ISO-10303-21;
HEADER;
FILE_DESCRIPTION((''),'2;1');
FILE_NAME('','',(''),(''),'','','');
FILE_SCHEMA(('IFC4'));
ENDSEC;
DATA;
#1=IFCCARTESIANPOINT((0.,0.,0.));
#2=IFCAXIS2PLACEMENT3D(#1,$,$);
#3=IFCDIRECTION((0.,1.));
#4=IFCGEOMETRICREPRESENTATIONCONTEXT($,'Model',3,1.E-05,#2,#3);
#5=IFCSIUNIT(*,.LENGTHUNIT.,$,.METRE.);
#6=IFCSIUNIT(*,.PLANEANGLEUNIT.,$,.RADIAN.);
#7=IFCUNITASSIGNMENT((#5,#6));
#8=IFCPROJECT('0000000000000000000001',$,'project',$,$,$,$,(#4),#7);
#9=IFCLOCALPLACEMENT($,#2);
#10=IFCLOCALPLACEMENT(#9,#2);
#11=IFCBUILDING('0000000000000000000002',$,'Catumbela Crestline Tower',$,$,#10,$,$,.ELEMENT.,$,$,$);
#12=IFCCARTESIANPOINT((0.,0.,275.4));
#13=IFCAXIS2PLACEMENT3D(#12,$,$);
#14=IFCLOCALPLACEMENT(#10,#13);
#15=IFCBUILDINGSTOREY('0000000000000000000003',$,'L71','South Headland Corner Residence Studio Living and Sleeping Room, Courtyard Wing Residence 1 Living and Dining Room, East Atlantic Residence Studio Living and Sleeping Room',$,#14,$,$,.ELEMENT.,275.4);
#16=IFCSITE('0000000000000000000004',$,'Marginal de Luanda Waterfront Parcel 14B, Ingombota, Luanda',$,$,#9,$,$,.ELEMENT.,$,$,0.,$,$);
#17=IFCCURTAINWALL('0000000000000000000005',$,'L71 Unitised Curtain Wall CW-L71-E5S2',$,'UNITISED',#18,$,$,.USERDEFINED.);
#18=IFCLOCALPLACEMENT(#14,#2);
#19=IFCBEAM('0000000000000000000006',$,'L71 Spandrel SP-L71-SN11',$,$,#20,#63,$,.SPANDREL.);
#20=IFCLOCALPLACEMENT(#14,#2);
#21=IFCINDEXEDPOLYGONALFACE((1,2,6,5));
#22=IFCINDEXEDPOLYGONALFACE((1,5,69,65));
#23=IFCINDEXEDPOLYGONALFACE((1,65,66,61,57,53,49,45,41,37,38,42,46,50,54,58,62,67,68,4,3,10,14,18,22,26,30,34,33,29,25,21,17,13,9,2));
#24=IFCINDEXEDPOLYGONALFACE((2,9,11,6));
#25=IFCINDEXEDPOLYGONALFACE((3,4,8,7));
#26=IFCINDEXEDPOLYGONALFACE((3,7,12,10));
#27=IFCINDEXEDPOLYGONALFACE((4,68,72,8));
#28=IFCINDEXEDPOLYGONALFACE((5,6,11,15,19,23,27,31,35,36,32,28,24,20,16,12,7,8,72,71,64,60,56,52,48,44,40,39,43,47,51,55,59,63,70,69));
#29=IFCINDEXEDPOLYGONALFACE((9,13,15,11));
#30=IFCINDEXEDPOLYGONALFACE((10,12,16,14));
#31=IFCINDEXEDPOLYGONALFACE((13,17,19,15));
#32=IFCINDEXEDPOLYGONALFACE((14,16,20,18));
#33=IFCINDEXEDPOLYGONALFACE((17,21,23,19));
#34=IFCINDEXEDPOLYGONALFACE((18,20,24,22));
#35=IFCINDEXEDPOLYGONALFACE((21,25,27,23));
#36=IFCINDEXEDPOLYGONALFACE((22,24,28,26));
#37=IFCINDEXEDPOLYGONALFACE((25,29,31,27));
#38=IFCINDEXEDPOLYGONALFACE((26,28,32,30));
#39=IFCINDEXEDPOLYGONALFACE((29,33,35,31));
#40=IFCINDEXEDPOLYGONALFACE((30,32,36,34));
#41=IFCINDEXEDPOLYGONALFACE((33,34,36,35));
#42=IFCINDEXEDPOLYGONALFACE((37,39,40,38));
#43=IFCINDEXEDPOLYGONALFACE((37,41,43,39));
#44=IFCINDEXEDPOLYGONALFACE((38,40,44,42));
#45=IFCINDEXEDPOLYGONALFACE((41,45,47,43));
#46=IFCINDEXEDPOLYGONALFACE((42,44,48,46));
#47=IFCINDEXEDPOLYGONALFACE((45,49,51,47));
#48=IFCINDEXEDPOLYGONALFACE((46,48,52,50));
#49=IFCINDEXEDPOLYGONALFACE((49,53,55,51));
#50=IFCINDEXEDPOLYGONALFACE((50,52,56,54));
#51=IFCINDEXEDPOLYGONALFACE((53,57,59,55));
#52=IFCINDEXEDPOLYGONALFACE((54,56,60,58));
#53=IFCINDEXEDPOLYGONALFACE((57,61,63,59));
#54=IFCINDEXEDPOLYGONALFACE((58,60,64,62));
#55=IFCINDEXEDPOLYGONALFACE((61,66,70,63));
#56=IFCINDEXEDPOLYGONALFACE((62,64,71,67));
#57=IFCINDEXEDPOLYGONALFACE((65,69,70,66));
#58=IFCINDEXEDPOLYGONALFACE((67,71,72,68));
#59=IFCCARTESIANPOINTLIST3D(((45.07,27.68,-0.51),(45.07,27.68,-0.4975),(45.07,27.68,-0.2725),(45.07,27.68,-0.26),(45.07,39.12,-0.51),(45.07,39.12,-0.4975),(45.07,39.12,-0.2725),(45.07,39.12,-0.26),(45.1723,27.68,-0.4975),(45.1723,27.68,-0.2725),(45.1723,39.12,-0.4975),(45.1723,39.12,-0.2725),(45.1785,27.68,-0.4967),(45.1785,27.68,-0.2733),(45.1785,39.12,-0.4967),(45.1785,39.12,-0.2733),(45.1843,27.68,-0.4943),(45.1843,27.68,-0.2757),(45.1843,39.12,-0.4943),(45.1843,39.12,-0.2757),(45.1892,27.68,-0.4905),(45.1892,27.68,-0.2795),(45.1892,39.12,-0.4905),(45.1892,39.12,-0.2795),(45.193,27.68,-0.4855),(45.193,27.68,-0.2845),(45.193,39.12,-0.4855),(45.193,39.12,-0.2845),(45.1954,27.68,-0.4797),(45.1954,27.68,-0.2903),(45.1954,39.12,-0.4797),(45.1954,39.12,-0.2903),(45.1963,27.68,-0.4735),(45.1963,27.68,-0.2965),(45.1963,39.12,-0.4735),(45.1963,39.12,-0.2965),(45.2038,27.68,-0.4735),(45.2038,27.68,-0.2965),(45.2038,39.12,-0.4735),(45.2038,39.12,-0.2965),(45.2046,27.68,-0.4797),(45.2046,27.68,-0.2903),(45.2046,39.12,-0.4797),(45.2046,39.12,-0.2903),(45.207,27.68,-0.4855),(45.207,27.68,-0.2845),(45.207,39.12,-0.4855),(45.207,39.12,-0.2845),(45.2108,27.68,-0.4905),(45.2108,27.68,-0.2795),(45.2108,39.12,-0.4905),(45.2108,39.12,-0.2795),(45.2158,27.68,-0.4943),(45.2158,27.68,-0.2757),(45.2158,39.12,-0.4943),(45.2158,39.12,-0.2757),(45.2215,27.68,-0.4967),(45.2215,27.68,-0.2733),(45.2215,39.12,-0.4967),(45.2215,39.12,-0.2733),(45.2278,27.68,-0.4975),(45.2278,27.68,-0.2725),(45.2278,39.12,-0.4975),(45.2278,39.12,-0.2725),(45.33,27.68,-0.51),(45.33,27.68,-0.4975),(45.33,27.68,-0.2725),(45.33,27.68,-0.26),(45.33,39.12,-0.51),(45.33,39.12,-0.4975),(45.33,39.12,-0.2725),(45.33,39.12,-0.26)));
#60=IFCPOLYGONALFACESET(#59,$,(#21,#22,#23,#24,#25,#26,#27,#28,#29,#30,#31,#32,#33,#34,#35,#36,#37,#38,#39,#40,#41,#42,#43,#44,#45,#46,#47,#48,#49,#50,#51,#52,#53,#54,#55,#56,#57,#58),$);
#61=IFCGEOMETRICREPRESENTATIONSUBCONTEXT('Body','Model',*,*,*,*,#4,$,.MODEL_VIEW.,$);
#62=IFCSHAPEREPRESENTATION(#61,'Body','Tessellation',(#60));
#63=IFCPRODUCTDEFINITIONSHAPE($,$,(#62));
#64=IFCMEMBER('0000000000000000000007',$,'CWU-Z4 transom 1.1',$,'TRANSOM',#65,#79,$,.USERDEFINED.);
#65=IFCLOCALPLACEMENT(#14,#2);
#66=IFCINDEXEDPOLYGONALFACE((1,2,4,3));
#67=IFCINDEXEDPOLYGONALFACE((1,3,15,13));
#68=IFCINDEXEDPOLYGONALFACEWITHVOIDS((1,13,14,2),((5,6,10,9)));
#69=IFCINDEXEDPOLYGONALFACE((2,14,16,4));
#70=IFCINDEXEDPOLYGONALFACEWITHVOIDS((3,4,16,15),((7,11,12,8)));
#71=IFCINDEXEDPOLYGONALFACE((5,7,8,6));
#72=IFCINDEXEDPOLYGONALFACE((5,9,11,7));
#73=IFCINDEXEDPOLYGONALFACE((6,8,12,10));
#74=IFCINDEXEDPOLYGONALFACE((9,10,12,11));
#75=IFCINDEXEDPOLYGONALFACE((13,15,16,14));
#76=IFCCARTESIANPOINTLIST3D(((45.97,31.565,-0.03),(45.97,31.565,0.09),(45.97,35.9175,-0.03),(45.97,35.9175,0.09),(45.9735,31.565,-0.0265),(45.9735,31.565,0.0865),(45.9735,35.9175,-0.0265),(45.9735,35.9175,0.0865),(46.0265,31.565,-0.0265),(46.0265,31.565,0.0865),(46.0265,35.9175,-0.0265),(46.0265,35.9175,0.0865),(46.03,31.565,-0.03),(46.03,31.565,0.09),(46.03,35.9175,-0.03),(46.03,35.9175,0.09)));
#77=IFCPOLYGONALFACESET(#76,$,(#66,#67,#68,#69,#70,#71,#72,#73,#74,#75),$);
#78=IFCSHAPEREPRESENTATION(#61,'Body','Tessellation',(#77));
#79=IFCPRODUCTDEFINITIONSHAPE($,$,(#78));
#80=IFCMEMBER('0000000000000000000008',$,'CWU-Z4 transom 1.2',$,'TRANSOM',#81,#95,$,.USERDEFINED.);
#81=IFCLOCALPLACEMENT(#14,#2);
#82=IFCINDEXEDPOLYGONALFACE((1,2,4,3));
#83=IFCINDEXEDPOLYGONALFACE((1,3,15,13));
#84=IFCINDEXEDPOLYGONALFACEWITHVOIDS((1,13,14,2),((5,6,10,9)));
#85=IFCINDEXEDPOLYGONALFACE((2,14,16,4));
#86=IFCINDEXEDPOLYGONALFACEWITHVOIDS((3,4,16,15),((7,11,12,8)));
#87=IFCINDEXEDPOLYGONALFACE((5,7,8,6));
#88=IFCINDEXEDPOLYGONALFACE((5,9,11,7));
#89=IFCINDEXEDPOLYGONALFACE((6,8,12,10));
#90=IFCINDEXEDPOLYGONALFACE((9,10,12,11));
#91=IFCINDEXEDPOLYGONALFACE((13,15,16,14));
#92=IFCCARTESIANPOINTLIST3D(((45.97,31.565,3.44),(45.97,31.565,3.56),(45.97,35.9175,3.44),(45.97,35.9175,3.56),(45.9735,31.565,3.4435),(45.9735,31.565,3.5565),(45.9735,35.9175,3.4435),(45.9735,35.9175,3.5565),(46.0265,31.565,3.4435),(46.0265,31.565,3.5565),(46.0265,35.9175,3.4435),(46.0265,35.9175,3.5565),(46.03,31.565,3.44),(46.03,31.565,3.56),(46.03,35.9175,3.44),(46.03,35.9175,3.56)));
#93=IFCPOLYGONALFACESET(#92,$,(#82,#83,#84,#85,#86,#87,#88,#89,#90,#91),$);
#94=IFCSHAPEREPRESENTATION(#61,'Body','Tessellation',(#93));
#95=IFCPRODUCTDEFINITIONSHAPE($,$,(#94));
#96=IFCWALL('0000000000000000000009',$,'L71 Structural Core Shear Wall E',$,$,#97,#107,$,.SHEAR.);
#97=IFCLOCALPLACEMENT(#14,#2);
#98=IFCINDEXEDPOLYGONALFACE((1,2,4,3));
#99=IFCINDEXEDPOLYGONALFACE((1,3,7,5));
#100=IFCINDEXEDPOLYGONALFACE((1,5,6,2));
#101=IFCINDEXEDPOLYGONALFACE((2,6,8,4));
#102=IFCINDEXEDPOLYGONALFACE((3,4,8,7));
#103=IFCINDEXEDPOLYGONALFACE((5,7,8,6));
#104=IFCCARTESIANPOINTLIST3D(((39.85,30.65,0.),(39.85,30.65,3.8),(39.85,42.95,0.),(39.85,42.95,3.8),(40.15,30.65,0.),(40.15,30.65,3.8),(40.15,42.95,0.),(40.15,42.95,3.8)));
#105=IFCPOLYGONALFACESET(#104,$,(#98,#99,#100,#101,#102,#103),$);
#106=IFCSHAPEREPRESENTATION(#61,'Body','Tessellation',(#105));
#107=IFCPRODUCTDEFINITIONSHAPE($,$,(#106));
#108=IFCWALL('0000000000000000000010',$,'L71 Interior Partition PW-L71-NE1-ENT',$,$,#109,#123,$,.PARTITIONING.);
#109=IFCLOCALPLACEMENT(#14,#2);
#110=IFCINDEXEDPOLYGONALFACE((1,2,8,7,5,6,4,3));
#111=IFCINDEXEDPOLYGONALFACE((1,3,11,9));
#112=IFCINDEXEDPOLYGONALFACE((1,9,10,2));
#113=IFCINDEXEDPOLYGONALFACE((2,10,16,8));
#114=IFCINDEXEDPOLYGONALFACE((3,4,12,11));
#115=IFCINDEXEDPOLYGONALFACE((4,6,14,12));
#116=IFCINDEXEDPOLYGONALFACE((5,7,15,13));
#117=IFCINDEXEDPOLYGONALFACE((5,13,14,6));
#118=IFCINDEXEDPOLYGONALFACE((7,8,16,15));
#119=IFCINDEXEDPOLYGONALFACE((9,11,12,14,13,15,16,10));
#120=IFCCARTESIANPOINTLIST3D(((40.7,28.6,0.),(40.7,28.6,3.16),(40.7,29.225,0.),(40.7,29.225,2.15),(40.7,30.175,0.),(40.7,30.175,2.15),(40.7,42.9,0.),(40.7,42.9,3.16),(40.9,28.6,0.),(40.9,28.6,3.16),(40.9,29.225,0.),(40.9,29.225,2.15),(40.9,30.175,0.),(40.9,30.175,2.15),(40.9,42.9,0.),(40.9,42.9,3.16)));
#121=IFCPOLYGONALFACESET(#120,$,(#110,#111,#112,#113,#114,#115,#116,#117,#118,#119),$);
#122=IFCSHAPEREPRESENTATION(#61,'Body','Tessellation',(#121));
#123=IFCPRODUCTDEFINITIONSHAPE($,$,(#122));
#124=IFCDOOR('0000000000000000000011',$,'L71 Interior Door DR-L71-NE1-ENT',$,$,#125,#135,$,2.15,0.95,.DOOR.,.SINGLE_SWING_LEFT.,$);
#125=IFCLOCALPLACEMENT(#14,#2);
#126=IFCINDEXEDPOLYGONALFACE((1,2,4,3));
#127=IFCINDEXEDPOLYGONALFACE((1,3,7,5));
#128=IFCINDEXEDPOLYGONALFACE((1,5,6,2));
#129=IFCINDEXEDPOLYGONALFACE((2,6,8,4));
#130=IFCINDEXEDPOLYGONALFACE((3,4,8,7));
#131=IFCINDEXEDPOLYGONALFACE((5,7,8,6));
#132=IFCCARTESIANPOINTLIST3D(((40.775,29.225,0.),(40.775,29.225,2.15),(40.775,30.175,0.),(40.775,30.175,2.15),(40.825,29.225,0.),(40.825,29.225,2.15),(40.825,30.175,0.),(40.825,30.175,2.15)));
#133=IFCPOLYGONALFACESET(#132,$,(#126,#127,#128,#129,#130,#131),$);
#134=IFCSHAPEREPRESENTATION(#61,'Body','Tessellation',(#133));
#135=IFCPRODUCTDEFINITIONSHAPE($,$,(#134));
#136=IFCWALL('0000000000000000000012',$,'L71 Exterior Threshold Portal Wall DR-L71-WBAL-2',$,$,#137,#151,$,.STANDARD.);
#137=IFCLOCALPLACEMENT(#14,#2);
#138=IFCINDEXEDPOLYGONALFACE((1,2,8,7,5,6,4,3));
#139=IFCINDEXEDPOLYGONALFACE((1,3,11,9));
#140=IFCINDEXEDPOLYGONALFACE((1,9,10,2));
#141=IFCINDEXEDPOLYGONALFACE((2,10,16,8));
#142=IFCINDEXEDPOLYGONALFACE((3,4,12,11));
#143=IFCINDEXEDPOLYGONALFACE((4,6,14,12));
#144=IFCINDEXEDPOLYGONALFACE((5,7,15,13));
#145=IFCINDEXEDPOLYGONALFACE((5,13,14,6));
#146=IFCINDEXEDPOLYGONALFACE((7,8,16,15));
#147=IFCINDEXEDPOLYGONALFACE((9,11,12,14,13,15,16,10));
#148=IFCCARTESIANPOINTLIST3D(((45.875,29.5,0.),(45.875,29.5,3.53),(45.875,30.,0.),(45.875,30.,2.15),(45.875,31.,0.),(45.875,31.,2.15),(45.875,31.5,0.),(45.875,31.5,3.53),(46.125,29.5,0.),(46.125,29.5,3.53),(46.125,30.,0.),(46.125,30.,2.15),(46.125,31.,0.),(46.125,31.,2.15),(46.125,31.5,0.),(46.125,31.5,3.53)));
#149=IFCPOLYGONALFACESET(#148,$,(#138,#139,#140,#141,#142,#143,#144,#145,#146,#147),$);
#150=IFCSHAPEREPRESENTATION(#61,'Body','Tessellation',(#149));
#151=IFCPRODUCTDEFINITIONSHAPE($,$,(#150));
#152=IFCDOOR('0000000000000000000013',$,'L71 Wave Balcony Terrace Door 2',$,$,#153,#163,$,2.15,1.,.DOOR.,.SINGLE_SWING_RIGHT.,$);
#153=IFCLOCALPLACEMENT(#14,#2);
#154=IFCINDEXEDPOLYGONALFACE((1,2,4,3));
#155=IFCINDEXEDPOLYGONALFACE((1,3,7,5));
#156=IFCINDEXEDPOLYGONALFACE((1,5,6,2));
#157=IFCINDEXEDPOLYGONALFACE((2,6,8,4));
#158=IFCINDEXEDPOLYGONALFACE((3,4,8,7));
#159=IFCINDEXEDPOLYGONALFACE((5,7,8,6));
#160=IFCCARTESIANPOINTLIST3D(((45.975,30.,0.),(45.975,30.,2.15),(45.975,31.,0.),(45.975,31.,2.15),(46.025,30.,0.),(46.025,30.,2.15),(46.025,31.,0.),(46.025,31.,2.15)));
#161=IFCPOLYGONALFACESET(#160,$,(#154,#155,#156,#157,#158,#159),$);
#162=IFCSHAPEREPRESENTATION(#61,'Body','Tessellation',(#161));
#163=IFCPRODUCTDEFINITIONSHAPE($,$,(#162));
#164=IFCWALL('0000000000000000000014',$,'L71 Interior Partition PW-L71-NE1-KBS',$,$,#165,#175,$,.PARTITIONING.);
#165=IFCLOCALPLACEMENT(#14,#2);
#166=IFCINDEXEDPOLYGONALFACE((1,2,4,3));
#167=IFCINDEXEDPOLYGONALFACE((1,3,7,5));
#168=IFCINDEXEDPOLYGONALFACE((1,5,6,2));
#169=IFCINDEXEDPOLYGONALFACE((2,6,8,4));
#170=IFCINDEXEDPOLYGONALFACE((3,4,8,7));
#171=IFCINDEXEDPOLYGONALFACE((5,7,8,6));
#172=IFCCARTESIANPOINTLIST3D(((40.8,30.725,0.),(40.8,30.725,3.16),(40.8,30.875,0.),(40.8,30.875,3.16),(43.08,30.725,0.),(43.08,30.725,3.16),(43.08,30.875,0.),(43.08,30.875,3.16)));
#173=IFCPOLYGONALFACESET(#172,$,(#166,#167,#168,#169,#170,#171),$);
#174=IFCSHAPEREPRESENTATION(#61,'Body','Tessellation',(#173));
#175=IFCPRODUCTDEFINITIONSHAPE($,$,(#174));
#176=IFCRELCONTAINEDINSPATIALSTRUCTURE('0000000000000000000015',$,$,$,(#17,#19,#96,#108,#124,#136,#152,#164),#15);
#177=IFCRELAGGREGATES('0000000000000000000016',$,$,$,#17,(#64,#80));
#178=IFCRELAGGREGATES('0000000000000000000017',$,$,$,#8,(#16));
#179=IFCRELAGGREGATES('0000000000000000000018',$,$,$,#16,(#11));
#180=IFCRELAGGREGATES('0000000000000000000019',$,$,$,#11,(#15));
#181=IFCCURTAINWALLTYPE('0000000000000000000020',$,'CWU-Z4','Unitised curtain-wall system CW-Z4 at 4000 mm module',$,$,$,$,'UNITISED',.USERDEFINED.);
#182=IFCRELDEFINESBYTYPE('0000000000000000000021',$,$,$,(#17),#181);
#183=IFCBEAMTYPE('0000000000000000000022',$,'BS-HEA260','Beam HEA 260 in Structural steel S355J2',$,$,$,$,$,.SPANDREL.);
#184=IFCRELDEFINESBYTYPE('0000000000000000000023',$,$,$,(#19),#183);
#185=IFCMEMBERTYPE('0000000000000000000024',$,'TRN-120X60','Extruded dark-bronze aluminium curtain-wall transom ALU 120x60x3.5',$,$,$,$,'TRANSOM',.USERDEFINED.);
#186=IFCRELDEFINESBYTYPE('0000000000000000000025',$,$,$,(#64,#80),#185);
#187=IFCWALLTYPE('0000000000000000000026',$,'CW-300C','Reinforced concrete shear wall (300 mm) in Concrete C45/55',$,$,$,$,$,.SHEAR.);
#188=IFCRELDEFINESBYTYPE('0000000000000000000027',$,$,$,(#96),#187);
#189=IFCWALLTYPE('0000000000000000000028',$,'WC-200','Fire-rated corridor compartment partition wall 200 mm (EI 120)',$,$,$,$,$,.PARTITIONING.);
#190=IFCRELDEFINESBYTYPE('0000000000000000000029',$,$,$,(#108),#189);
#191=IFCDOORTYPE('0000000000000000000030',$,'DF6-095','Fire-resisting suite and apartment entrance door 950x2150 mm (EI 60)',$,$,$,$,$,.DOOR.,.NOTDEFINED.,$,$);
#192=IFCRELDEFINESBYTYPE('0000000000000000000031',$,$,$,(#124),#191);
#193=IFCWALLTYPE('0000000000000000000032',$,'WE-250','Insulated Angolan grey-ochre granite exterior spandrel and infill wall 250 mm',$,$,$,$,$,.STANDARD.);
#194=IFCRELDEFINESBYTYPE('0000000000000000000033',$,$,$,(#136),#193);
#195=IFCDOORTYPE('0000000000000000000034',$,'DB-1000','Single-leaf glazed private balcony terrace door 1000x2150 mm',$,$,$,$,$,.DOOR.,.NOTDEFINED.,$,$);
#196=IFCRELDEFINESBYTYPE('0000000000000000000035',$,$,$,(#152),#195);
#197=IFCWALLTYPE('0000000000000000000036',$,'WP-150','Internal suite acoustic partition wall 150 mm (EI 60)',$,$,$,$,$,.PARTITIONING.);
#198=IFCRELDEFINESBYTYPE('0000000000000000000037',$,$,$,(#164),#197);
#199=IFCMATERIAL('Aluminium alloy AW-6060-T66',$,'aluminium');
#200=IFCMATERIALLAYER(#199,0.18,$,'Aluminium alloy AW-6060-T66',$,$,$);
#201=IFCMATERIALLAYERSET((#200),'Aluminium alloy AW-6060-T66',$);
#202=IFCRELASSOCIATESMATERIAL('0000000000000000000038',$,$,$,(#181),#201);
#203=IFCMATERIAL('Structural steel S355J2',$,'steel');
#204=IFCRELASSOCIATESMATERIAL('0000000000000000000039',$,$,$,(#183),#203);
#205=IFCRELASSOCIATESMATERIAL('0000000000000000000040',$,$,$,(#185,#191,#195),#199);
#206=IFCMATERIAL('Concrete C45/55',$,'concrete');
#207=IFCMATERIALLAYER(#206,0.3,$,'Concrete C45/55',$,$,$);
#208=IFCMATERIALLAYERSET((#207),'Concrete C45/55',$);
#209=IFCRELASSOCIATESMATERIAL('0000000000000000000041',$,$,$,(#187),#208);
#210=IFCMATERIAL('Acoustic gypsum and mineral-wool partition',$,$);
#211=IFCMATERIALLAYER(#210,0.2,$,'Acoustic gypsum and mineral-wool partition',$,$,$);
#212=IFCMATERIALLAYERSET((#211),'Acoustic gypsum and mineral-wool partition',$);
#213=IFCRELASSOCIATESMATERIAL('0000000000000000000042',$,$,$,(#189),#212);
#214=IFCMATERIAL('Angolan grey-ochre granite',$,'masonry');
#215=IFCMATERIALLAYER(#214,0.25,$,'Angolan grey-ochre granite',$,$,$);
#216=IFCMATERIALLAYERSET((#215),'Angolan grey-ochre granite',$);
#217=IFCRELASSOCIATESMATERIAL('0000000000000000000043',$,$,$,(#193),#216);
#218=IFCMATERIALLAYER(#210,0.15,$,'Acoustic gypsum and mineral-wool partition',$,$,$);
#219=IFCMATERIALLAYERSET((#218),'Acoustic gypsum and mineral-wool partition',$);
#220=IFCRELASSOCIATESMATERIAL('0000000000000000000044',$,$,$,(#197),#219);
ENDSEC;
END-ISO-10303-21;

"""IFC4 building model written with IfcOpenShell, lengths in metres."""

from ifc_helpers import new_model, si_unit, direction, frame, frame_2d, origin, origin_2d, place, context, subcontext, project, spatial, rectangle, hollow_rectangle, i_section, extrude, material, layer, layer_set, material_profile, profile_set, type_object, element, fill, aggregate, save


model = new_model("IFC4")

# Units and contexts
model_context = context("Model", 3, precision=1e-05, world=origin(), true_north=direction((0.0, 1.0)))
body_context = subcontext(model_context, "Body", "Model", "MODEL_VIEW")
ifc_project = project(units=[si_unit("LENGTHUNIT", "METRE"), si_unit("PLANEANGLEUNIT", "RADIAN")], contexts=[model_context])

# Site, building, storey
site_placement = place(None, origin())
site = spatial("IfcSite", under=ifc_project, at=site_placement, Name="Marginal de Luanda Waterfront Parcel 14B, Ingombota, Luanda", CompositionType="ELEMENT", RefElevation=0.0)
building_placement = place(site_placement, origin())
building = spatial("IfcBuilding", under=site, at=building_placement, Name="Catumbela Crestline Tower", CompositionType="ELEMENT")
storey_placement = place(building_placement, frame((0.0, 0.0, 275.4)))
storey = spatial("IfcBuildingStorey", under=building, at=storey_placement, Name="L71", Description="South Headland Corner Residence Studio Living and Sleeping Room, Courtyard Wing Residence 1 Living and Dining Room, East Atlantic Residence Studio Living and Sleeping Room", CompositionType="ELEMENT", Elevation=275.4)

# Shared definitions
ifc_material_1 = material(Name="Concrete C45/55", Category="concrete")
ifc_material_2 = material(Name="Structural steel S355J2", Category="steel")

# Curtain wall
ifc_material_3 = material(Name="Aluminium alloy AW-6060-T66", Category="aluminium")
ifc_layer_1 = layer(ifc_material_3, 0.18, Name="Aluminium alloy AW-6060-T66")
ifc_layer_set_1 = layer_set([ifc_layer_1], Name="Aluminium alloy AW-6060-T66")
curtain_wall_type = type_object("IfcCurtainWallType", Name="CWU-Z4", Description="Unitised curtain-wall system CW-Z4 at 4000 mm module", ElementType="UNITISED", PredefinedType="USERDEFINED", material=ifc_layer_set_1)
curtain_wall_placement = place(storey_placement, origin())
curtain_wall = element("IfcCurtainWall", 1, at=curtain_wall_placement, inside=storey, type_object=curtain_wall_type, Name="L71 Unitised Curtain Wall CW-L71-E5S2", ObjectType="UNITISED", PredefinedType="USERDEFINED")

# Beam
ifc_material_profile_1 = material_profile(ifc_material_2, i_section(OverallWidth=0.26, OverallDepth=0.25, WebThickness=0.0075, FlangeThickness=0.0125, FilletRadius=0.024, at=origin_2d()), Name="HEA 260")
ifc_profile_set_1 = profile_set([ifc_material_profile_1], Name="Structural steel S355J2")
beam_type_1 = type_object("IfcBeamType", Name="BS-HEA260", Description="Beam HEA 260 in Structural steel S355J2", PredefinedType="SPANDREL", material=ifc_profile_set_1)
beam_1_placement = place(storey_placement, frame((45.2, 27.68, -0.385), z_axis=(0.0, 1.0, 0.0), x_axis=(-1.0, 0.0, 0.0)))
element("IfcBeam", 2, at=beam_1_placement, inside=storey, type_object=beam_type_1, Name="L71 Spandrel SP-L71-SN11", PredefinedType="SPANDREL", context=body_context, shape_type="SweptSolid", body=[
    extrude(i_section(OverallWidth=0.26, OverallDepth=0.25, WebThickness=0.0075, FlangeThickness=0.0125, FilletRadius=0.024, at=origin_2d()), origin(), (0.0, 0.0, 1.0), 11.44),
])

# Members
ifc_material_profile_2 = material_profile(ifc_material_3, hollow_rectangle(XDim=0.06, YDim=0.12, WallThickness=0.0035, at=origin_2d()), Name="ALU 120x60x3.5")
ifc_profile_set_2 = profile_set([ifc_material_profile_2], Name="Aluminium alloy AW-6060-T66")
member_type_1 = type_object("IfcMemberType", Name="TRN-120X60", Description="Extruded dark-bronze aluminium curtain-wall transom ALU 120x60x3.5", ElementType="TRANSOM", PredefinedType="USERDEFINED", material=ifc_profile_set_2)
member_1_placement = place(storey_placement, frame((46.0, 31.565, 0.03), z_axis=(0.0, 1.0, 0.0), x_axis=(-1.0, 0.0, 0.0)))
member_1 = element("IfcMember", 3, at=member_1_placement, type_object=member_type_1, Name="CWU-Z4 transom 1.1", ObjectType="TRANSOM", PredefinedType="USERDEFINED", context=body_context, shape_type="SweptSolid", body=[
    extrude(hollow_rectangle(XDim=0.06, YDim=0.12, WallThickness=0.0035, at=origin_2d()), origin(), (0.0, 0.0, 1.0), 4.3525),
])
member_2_placement = place(storey_placement, frame((46.0, 31.565, 3.5), z_axis=(0.0, 1.0, 0.0), x_axis=(-1.0, 0.0, 0.0)))
member_2 = element("IfcMember", 4, at=member_2_placement, type_object=member_type_1, Name="CWU-Z4 transom 1.2", ObjectType="TRANSOM", PredefinedType="USERDEFINED", context=body_context, shape_type="SweptSolid", body=[
    extrude(hollow_rectangle(XDim=0.06, YDim=0.12, WallThickness=0.0035, at=origin_2d()), origin(), (0.0, 0.0, 1.0), 4.3525),
])
aggregate(curtain_wall, [member_1, member_2])

# Wall
ifc_layer_2 = layer(ifc_material_1, 0.3, Name="Concrete C45/55")
ifc_layer_set_2 = layer_set([ifc_layer_2], Name="Concrete C45/55")
wall_type_1 = type_object("IfcWallType", Name="CW-300C", Description="Reinforced concrete shear wall (300 mm) in Concrete C45/55", PredefinedType="SHEAR", material=ifc_layer_set_2)
wall_1_placement = place(storey_placement, frame((40.0, 30.65, 0.0), z_axis=(0.0, 0.0, 1.0), x_axis=(0.0, 1.0, 0.0)))
element("IfcWall", 5, at=wall_1_placement, inside=storey, type_object=wall_type_1, Name="L71 Structural Core Shear Wall E", PredefinedType="SHEAR", context=body_context, shape_type="SweptSolid", body=[
    extrude(rectangle(XDim=12.3, YDim=0.3, at=frame_2d((6.15, 0.0))), origin(), (0.0, 0.0, 1.0), 3.8),
])

# Walls, openings, doors
ifc_material_4 = material(Name="Acoustic gypsum and mineral-wool partition")
ifc_layer_3 = layer(ifc_material_4, 0.2, Name="Acoustic gypsum and mineral-wool partition")
ifc_layer_set_3 = layer_set([ifc_layer_3], Name="Acoustic gypsum and mineral-wool partition")
wall_type_2 = type_object("IfcWallType", Name="WC-200", Description="Fire-rated corridor compartment partition wall 200 mm (EI 120)", PredefinedType="PARTITIONING", material=ifc_layer_set_3)
wall_2_placement = place(storey_placement, frame((40.8, 28.6, 0.0), z_axis=(0.0, 0.0, 1.0), x_axis=(0.0, 1.0, 0.0)))
wall_2 = element("IfcWall", 6, at=wall_2_placement, inside=storey, type_object=wall_type_2, Name="L71 Interior Partition PW-L71-NE1-ENT", PredefinedType="PARTITIONING", context=body_context, shape_type="SweptSolid", body=[
    extrude(rectangle(XDim=14.3, YDim=0.2, at=frame_2d((7.15, 0.0))), origin(), (0.0, 0.0, 1.0), 3.16),
])
opening_1_placement = place(wall_2_placement, frame((0.625, 0.0, 0.0)))
opening_1 = element("IfcOpeningElement", 7, at=opening_1_placement, cuts=wall_2, PredefinedType="OPENING", context=body_context, shape_type="SweptSolid", body=[
    extrude(rectangle(XDim=0.95, YDim=2.15, at=frame_2d((0.475, 1.075))), frame((0.0, 0.11, 0.0), z_axis=(0.0, -1.0, 0.0), x_axis=(1.0, 0.0, 0.0)), (0.0, 0.0, 1.0), 0.22),
])
door_type_1 = type_object("IfcDoorType", Name="DF6-095", Description="Fire-resisting suite and apartment entrance door 950x2150 mm (EI 60)", OperationType="NOTDEFINED", PredefinedType="DOOR", material=ifc_material_3)
door_1_placement = place(opening_1_placement, origin())
door_1 = element("IfcDoor", 8, at=door_1_placement, inside=storey, type_object=door_type_1, Name="L71 Interior Door DR-L71-NE1-ENT", OperationType="SINGLE_SWING_LEFT", OverallHeight=2.15, OverallWidth=0.95, PredefinedType="DOOR", context=body_context, shape_type="SweptSolid", body=[
    extrude(rectangle(XDim=0.95, YDim=2.15, at=frame_2d((0.475, 1.075))), frame((0.0, 0.025, 0.0), z_axis=(0.0, -1.0, 0.0), x_axis=(1.0, 0.0, 0.0)), (0.0, 0.0, 1.0), 0.05),
])
fill(opening_1, door_1)
ifc_material_5 = material(Name="Angolan grey-ochre granite", Category="masonry")
ifc_layer_4 = layer(ifc_material_5, 0.25, Name="Angolan grey-ochre granite")
ifc_layer_set_4 = layer_set([ifc_layer_4], Name="Angolan grey-ochre granite")
wall_type_3 = type_object("IfcWallType", Name="WE-250", Description="Insulated Angolan grey-ochre granite exterior spandrel and infill wall 250 mm", PredefinedType="STANDARD", material=ifc_layer_set_4)
wall_3_placement = place(storey_placement, frame((46.0, 29.5, 0.0), z_axis=(0.0, 0.0, 1.0), x_axis=(0.0, 1.0, 0.0)))
wall_3 = element("IfcWall", 9, at=wall_3_placement, inside=storey, type_object=wall_type_3, Name="L71 Exterior Threshold Portal Wall DR-L71-WBAL-2", PredefinedType="STANDARD", context=body_context, shape_type="SweptSolid", body=[
    extrude(rectangle(XDim=2.0, YDim=0.25, at=frame_2d((1.0, 0.0))), origin(), (0.0, 0.0, 1.0), 3.53),
])
opening_2_placement = place(wall_3_placement, frame((0.5, 0.0, 0.0)))
opening_2 = element("IfcOpeningElement", 10, at=opening_2_placement, cuts=wall_3, PredefinedType="OPENING", context=body_context, shape_type="SweptSolid", body=[
    extrude(rectangle(XDim=1.0, YDim=2.15, at=frame_2d((0.5, 1.075))), frame((0.0, 0.135, 0.0), z_axis=(0.0, -1.0, 0.0), x_axis=(1.0, 0.0, 0.0)), (0.0, 0.0, 1.0), 0.27),
])
door_type_2 = type_object("IfcDoorType", Name="DB-1000", Description="Single-leaf glazed private balcony terrace door 1000x2150 mm", OperationType="NOTDEFINED", PredefinedType="DOOR", material=ifc_material_3)
door_2_placement = place(opening_2_placement, origin())
door_2 = element("IfcDoor", 11, at=door_2_placement, inside=storey, type_object=door_type_2, Name="L71 Wave Balcony Terrace Door 2", OperationType="SINGLE_SWING_RIGHT", OverallHeight=2.15, OverallWidth=1.0, PredefinedType="DOOR", context=body_context, shape_type="SweptSolid", body=[
    extrude(rectangle(XDim=1.0, YDim=2.15, at=frame_2d((0.5, 1.075))), frame((0.0, 0.025, 0.0), z_axis=(0.0, -1.0, 0.0), x_axis=(1.0, 0.0, 0.0)), (0.0, 0.0, 1.0), 0.05),
])
fill(opening_2, door_2)

# Wall
ifc_layer_5 = layer(ifc_material_4, 0.15, Name="Acoustic gypsum and mineral-wool partition")
ifc_layer_set_5 = layer_set([ifc_layer_5], Name="Acoustic gypsum and mineral-wool partition")
wall_type_4 = type_object("IfcWallType", Name="WP-150", Description="Internal suite acoustic partition wall 150 mm (EI 60)", PredefinedType="PARTITIONING", material=ifc_layer_set_5)
wall_4_placement = place(storey_placement, frame((40.8, 30.8, 0.0), z_axis=(0.0, 0.0, 1.0), x_axis=(1.0, 0.0, 0.0)))
element("IfcWall", 12, at=wall_4_placement, inside=storey, type_object=wall_type_4, Name="L71 Interior Partition PW-L71-NE1-KBS", PredefinedType="PARTITIONING", context=body_context, shape_type="SweptSolid", body=[
    extrude(rectangle(XDim=2.28, YDim=0.15, at=frame_2d((1.14, 0.0))), origin(), (0.0, 0.0, 1.0), 3.16),
])

save(model, "model.ifc")
